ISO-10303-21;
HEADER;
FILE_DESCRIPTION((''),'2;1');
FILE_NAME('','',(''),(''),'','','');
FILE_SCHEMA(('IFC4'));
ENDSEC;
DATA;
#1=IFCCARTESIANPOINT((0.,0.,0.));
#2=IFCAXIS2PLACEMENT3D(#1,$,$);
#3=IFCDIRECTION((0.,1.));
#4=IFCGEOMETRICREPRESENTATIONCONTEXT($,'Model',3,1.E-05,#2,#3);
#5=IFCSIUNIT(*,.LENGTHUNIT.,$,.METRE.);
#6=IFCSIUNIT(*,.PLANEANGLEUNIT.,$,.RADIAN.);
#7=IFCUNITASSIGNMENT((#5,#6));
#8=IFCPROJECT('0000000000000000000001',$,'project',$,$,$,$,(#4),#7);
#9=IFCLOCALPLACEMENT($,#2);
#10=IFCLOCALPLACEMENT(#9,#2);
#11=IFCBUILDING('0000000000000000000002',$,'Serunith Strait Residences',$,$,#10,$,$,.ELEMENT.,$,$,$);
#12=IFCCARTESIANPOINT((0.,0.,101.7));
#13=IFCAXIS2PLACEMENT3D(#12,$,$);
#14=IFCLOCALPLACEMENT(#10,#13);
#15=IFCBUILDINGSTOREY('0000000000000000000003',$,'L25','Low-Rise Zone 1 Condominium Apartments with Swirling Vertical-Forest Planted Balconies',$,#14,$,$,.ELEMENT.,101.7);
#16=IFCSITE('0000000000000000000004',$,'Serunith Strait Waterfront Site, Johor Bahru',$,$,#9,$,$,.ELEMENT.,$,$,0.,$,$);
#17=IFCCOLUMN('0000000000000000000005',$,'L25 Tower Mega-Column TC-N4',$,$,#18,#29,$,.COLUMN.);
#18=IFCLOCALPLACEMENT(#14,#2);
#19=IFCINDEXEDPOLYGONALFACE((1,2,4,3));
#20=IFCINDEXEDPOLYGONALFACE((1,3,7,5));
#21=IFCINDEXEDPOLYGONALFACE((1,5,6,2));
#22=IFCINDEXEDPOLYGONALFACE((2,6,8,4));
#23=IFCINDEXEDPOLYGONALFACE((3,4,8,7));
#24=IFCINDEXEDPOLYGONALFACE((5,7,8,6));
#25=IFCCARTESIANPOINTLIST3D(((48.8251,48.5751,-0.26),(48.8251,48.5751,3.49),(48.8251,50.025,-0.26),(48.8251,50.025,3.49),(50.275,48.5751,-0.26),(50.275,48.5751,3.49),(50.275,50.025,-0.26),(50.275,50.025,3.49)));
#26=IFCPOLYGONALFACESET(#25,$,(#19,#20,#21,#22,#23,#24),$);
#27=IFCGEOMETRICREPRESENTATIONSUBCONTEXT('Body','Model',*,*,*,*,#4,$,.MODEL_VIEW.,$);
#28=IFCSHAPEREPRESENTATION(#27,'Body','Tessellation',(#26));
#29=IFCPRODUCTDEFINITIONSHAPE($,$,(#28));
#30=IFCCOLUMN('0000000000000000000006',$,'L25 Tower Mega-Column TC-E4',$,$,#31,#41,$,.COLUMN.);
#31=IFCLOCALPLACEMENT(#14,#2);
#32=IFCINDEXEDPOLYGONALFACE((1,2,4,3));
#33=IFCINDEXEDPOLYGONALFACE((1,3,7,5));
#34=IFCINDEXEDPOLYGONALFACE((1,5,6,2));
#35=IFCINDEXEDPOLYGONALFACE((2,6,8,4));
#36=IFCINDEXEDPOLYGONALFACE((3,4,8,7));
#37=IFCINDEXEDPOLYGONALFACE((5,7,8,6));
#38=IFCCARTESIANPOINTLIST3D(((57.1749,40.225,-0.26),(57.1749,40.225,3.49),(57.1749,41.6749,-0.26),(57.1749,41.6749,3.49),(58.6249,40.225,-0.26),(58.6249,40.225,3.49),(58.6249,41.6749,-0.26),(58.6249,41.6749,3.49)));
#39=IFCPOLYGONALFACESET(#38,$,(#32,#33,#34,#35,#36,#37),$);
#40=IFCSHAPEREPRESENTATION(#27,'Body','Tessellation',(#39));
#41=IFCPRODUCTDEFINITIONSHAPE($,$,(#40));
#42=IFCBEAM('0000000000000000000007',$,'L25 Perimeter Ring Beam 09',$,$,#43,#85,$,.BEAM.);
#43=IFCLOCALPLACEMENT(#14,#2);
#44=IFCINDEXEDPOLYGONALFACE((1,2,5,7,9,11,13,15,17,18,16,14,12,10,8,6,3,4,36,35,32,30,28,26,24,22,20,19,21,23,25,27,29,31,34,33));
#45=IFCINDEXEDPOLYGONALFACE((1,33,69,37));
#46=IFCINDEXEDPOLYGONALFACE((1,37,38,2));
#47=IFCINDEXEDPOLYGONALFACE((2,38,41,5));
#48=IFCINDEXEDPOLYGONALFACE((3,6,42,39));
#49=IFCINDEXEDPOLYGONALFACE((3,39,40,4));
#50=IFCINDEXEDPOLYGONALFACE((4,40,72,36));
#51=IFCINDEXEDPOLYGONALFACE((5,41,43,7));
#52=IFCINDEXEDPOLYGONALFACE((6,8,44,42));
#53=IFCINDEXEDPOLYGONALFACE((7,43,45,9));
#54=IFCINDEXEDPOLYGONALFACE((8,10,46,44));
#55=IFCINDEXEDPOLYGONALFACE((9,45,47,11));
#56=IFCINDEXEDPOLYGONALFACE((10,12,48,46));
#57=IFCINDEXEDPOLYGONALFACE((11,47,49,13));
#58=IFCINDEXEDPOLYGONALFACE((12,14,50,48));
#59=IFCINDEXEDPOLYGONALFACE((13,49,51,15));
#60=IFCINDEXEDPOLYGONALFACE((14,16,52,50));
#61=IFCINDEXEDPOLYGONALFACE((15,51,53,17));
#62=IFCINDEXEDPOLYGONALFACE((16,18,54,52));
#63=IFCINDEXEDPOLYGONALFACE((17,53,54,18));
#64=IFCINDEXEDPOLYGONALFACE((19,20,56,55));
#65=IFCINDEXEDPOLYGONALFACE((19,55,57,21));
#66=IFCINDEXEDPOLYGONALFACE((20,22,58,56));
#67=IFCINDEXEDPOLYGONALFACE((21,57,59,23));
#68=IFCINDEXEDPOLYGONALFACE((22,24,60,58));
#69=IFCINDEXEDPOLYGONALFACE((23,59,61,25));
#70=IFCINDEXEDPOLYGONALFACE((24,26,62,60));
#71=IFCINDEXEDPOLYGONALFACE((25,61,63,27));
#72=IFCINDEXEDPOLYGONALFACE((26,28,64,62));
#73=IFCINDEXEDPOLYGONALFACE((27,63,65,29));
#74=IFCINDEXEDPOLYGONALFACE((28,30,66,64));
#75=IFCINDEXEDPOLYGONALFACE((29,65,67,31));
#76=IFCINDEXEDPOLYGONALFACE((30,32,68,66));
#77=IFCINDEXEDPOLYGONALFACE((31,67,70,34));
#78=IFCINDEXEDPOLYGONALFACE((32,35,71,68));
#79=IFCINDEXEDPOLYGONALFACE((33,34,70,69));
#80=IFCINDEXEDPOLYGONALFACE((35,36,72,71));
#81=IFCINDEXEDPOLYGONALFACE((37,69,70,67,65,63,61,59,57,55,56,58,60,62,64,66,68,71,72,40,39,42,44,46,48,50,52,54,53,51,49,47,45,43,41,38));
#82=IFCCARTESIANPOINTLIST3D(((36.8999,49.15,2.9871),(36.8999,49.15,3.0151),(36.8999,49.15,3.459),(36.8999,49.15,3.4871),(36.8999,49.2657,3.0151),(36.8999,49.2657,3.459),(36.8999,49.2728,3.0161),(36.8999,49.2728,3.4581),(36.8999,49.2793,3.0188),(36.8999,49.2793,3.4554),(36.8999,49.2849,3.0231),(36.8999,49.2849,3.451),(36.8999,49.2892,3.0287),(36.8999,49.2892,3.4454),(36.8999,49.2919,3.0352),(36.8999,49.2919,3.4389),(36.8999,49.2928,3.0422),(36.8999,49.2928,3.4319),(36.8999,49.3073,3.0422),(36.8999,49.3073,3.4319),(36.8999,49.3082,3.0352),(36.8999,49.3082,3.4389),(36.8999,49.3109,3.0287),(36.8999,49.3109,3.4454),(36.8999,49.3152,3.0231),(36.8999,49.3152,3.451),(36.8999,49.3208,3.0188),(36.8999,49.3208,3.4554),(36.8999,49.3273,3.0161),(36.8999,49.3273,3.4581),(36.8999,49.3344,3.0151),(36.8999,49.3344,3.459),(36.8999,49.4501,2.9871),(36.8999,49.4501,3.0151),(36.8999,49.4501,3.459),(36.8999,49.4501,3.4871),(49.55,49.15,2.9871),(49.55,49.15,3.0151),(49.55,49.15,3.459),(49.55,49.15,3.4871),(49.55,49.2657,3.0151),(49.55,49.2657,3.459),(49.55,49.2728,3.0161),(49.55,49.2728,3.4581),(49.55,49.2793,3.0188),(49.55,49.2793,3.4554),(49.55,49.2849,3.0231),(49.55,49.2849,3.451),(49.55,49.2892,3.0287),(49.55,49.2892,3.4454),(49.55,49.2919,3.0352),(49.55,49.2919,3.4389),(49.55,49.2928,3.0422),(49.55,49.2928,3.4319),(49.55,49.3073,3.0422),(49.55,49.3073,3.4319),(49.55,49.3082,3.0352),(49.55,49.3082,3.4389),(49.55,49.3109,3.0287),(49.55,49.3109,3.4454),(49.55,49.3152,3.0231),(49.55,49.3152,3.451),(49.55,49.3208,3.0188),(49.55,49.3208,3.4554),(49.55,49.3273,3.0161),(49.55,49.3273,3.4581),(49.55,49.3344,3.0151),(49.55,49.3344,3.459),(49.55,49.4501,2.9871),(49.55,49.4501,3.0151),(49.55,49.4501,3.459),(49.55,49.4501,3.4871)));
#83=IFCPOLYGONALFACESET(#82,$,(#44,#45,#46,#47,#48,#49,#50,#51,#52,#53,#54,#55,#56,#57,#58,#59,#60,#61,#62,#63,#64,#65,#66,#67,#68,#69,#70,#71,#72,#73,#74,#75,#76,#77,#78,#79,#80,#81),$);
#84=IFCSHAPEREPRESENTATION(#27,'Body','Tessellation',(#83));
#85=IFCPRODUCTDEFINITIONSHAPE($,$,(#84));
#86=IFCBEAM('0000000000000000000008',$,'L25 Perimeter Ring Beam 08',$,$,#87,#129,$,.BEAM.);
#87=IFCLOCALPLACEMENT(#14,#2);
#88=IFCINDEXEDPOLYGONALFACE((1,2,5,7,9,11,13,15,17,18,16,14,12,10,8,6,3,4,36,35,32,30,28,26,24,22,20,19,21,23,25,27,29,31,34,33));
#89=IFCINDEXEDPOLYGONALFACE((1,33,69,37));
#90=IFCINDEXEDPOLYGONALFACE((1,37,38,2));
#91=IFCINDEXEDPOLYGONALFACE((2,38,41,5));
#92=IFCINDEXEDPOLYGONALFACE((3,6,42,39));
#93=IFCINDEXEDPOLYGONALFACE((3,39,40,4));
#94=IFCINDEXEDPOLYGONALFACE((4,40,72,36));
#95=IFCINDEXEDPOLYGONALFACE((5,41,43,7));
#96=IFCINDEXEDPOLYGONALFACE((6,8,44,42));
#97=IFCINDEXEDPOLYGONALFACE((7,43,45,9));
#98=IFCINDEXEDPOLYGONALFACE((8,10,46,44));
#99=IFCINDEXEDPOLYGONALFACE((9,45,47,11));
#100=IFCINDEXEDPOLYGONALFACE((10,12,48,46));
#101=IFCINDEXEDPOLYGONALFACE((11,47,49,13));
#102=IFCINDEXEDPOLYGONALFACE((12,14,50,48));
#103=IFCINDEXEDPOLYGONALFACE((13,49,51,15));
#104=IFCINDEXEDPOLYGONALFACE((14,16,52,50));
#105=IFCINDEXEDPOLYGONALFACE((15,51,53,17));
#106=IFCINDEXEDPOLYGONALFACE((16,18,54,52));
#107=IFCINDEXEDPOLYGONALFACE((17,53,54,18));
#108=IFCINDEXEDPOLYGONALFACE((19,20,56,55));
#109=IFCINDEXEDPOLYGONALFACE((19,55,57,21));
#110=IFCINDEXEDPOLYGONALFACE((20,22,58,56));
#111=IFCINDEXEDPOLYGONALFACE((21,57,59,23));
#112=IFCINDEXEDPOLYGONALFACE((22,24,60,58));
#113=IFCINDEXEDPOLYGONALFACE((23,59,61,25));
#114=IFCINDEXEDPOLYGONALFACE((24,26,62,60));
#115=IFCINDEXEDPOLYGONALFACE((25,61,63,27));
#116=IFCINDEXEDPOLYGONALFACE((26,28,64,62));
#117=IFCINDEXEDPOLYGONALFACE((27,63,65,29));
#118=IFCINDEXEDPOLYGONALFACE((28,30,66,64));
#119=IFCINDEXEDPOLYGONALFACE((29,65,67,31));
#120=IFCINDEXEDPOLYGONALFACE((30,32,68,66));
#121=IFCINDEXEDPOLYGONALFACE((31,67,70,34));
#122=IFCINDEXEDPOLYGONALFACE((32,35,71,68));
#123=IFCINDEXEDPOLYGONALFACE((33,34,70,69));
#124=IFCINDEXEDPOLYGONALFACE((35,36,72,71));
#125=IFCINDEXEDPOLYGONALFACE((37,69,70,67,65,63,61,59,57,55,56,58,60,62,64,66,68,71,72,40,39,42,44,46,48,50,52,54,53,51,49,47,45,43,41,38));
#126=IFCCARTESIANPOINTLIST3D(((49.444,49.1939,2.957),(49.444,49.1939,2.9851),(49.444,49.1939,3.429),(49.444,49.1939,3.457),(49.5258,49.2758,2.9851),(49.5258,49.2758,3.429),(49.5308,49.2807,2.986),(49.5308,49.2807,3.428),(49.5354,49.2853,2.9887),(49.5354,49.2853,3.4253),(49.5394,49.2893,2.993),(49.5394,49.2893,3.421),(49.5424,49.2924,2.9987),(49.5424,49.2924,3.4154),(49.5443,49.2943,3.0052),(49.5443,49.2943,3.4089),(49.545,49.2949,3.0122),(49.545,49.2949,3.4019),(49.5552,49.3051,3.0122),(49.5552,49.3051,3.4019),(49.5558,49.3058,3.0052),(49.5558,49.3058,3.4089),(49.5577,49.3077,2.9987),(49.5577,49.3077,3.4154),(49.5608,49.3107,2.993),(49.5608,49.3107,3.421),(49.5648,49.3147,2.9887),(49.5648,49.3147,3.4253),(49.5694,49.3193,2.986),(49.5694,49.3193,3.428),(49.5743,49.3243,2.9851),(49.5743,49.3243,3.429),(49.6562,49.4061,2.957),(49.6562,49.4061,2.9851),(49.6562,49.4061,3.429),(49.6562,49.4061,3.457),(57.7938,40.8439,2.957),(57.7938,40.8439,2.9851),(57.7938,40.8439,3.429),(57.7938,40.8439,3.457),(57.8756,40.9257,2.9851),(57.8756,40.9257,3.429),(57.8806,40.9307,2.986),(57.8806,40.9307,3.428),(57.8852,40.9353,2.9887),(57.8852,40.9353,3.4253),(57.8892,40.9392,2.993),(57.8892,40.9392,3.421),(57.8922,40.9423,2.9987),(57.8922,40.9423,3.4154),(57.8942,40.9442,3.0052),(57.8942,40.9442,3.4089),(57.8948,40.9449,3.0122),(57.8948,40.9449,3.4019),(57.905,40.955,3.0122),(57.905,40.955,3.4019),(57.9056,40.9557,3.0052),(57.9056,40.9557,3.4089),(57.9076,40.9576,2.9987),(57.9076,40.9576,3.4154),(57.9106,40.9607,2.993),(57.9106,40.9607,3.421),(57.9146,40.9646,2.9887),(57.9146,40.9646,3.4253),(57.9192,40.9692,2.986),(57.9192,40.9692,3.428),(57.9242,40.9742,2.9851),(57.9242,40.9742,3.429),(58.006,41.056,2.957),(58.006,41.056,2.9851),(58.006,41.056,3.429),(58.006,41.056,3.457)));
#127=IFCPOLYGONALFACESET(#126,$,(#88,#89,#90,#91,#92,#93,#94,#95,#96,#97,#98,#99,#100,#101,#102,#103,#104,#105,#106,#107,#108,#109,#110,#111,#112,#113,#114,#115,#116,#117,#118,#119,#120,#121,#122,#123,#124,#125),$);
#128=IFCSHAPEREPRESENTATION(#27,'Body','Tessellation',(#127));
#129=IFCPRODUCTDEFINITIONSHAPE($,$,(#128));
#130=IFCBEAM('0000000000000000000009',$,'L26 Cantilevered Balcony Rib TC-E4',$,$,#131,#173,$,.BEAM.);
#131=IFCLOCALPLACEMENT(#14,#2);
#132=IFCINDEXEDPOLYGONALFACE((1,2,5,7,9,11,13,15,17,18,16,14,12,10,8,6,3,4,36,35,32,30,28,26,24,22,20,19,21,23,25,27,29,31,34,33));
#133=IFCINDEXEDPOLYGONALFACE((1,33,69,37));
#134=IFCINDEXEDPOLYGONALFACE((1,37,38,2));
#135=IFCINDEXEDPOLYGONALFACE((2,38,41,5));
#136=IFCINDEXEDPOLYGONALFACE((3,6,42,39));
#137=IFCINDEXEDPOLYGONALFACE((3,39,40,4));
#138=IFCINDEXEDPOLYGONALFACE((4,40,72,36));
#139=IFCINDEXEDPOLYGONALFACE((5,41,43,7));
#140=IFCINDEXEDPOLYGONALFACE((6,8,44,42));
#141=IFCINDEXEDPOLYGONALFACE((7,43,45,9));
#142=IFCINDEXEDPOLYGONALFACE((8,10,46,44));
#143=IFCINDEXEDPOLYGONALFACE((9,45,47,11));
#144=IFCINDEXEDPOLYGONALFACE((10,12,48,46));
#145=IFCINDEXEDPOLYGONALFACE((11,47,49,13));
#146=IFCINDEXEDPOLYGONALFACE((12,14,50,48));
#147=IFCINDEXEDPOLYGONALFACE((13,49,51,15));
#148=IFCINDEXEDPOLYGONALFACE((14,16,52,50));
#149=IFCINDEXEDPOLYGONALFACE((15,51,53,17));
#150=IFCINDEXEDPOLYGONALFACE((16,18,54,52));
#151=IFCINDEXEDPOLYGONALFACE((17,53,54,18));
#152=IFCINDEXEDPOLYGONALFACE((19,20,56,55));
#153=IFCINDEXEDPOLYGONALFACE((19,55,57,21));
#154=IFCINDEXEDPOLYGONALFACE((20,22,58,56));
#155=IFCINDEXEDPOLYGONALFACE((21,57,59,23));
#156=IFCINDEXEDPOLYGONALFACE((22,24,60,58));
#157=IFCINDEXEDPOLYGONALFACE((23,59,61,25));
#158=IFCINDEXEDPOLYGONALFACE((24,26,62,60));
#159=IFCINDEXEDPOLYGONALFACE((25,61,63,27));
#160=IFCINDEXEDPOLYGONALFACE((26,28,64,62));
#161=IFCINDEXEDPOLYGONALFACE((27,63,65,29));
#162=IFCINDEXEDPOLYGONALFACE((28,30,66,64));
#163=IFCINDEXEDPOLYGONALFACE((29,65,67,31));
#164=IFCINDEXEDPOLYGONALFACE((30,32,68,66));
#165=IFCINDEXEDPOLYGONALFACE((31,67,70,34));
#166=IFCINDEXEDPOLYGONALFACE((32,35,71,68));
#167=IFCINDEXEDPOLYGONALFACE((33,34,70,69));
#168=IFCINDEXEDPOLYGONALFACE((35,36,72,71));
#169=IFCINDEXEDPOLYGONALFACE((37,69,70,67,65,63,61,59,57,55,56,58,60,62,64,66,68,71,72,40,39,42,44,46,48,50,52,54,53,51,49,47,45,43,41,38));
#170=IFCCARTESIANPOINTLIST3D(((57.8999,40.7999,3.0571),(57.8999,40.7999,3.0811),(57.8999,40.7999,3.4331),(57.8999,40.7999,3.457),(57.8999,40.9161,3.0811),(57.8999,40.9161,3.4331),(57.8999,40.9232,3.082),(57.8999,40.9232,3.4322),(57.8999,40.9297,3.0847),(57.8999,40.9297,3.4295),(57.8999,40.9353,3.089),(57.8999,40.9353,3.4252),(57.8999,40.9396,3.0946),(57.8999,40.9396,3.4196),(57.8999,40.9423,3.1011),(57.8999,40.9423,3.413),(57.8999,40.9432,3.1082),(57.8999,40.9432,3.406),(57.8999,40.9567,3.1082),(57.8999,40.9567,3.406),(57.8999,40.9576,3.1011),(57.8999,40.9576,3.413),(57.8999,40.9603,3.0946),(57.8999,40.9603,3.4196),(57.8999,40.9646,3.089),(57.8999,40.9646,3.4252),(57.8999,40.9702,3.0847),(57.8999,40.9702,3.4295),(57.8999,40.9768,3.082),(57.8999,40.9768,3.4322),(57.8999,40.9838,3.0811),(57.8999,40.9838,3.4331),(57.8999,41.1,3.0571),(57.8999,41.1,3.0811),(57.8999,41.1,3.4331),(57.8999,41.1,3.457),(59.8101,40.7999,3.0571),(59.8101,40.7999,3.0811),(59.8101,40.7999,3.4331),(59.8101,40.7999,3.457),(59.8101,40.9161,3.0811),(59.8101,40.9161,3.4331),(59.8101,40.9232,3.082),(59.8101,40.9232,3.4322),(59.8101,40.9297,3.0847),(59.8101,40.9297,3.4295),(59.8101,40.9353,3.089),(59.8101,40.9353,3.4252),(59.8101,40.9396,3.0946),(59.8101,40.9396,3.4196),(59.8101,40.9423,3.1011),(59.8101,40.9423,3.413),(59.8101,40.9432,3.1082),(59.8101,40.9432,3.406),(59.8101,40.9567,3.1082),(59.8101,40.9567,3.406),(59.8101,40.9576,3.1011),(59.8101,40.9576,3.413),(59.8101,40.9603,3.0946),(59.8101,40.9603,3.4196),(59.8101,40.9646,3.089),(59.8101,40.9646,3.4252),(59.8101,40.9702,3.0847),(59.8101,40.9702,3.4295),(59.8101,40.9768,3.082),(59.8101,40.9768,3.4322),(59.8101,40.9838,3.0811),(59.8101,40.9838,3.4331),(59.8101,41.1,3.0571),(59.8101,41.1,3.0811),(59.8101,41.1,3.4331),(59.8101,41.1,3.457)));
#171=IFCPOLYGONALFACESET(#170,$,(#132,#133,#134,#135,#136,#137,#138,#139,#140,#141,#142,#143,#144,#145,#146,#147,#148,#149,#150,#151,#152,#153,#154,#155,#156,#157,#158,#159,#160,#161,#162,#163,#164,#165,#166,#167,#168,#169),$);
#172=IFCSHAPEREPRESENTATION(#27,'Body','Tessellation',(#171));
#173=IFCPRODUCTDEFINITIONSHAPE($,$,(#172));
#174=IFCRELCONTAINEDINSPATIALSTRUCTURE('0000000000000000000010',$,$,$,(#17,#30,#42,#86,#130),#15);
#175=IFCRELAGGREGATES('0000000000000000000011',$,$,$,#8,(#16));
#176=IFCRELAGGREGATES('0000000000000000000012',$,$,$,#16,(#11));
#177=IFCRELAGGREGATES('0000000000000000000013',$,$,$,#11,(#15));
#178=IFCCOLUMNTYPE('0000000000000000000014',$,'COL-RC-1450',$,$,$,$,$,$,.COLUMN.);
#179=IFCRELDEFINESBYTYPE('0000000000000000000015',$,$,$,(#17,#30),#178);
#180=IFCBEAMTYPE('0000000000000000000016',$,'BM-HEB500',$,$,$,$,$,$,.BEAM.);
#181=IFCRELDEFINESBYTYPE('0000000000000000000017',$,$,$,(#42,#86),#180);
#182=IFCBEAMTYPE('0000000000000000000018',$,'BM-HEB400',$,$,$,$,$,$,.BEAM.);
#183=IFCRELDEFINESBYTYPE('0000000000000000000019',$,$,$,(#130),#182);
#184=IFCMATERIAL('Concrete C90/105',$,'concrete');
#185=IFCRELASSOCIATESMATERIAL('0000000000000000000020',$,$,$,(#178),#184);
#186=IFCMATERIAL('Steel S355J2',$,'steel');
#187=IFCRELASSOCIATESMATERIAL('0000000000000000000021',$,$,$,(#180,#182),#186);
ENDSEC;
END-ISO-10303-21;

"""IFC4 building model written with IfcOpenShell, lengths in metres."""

from ifc_helpers import new_model, si_unit, direction, frame, origin, origin_2d, place, context, subcontext, project, spatial, rectangle, i_section, extrude, source, transform, mapped, material, material_profile, profile_set, type_object, element, save


model = new_model("IFC4")

# Units and contexts
model_context = context("Model", 3, precision=1e-05, world=origin(), true_north=direction((0.0, 1.0)))
body_context = subcontext(model_context, "Body", "Model", "MODEL_VIEW")
ifc_project = project(units=[si_unit("LENGTHUNIT", "METRE"), si_unit("PLANEANGLEUNIT", "RADIAN")], contexts=[model_context])

# Site, building, storey
site_placement = place(None, origin())
site = spatial("IfcSite", under=ifc_project, at=site_placement, Name="Serunith Strait Waterfront Site, Johor Bahru", CompositionType="ELEMENT", RefElevation=0.0)
building_placement = place(site_placement, origin())
building = spatial("IfcBuilding", under=site, at=building_placement, Name="Serunith Strait Residences", CompositionType="ELEMENT")
storey_placement = place(building_placement, frame((0.0, 0.0, 101.7)))
storey = spatial("IfcBuildingStorey", under=building, at=storey_placement, Name="L25", Description="Low-Rise Zone 1 Condominium Apartments with Swirling Vertical-Forest Planted Balconies", CompositionType="ELEMENT", Elevation=101.7)

# Columns
ifc_material_1 = material(Name="Concrete C90/105", Category="concrete")
ifc_material_profile_1 = material_profile(ifc_material_1, rectangle(XDim=1.45, YDim=1.45, at=origin_2d()), Name="RC 1450x1450")
ifc_profile_set_1 = profile_set([ifc_material_profile_1], Name="Concrete C90/105")
column_type = type_object("IfcColumnType", Name="COL-RC-1450", PredefinedType="COLUMN", material=ifc_profile_set_1)
shared_shape_1 = source(origin(), body_context, "Body", "SweptSolid", [
    extrude(rectangle(XDim=1.45, YDim=1.45, at=origin_2d()), origin(), (0.0, 0.0, 1.0), 3.75),
])
for number, where, z_axis, x_axis, name in (
    (1, (49.55, 49.3, -0.26), (0.0, 0.0, 1.0), (1.0, 0.0, 0.0), "L25 Tower Mega-Column TC-N4"),
    (2, (57.8999, 40.95, -0.26), (0.0, 0.0, 1.0), (1.0, 0.0, 0.0), "L25 Tower Mega-Column TC-E4"),
):
    element("IfcColumn", number, at=place(storey_placement, frame(where, z_axis=z_axis, x_axis=x_axis)), inside=storey, type_object=column_type, Name=name, PredefinedType="COLUMN", context=body_context, shape_type="MappedRepresentation", body=[
        mapped(shared_shape_1, transform((0.0, 0.0, 0.0), scale=1.0)),
    ])

# Beams
ifc_material_2 = material(Name="Steel S355J2", Category="steel")
ifc_material_profile_2 = material_profile(ifc_material_2, i_section(OverallWidth=0.3, OverallDepth=0.5, WebThickness=0.0144, FlangeThickness=0.0281, FilletRadius=0.0271, at=origin_2d()), Name="HEB 500")
ifc_profile_set_2 = profile_set([ifc_material_profile_2], Name="Steel S355J2")
beam_type_1 = type_object("IfcBeamType", Name="BM-HEB500", PredefinedType="BEAM", material=ifc_profile_set_2)
shared_shape_2 = source(origin(), body_context, "Body", "SweptSolid", [
    extrude(i_section(OverallWidth=0.3, OverallDepth=0.5, WebThickness=0.0144, FlangeThickness=0.0281, FilletRadius=0.0271, at=origin_2d()), origin(), (0.0, 0.0, 1.0), 12.6501),
])
beam_1_placement = place(storey_placement, frame((49.55, 49.3, 3.2371), z_axis=(-1.0, 0.0, 0.0), x_axis=(0.0, -1.0, 0.0)))
element("IfcBeam", 3, at=beam_1_placement, inside=storey, type_object=beam_type_1, Name="L25 Perimeter Ring Beam 09", PredefinedType="BEAM", context=body_context, shape_type="MappedRepresentation", body=[
    mapped(shared_shape_2, transform((0.0, 0.0, 0.0), scale=1.0)),
])
shared_shape_3 = source(origin(), body_context, "Body", "SweptSolid", [
    extrude(i_section(OverallWidth=0.3, OverallDepth=0.5, WebThickness=0.0144, FlangeThickness=0.0281, FilletRadius=0.0271, at=origin_2d()), origin(), (0.0, 0.0, 1.0), 11.8086),
])
beam_2_placement = place(storey_placement, frame((57.8999, 40.95, 3.207), z_axis=(-0.707096, 0.707117, 0.0), x_axis=(-0.707117, -0.707096, 0.0)))
element("IfcBeam", 4, at=beam_2_placement, inside=storey, type_object=beam_type_1, Name="L25 Perimeter Ring Beam 08", PredefinedType="BEAM", context=body_context, shape_type="MappedRepresentation", body=[
    mapped(shared_shape_3, transform((0.0, 0.0, 0.0), scale=1.0)),
])
ifc_material_profile_3 = material_profile(ifc_material_2, i_section(OverallWidth=0.3, OverallDepth=0.3999, WebThickness=0.0134, FlangeThickness=0.0239, FilletRadius=0.0271, at=origin_2d()), Name="HEB 400")
ifc_profile_set_3 = profile_set([ifc_material_profile_3], Name="Steel S355J2")
beam_type_2 = type_object("IfcBeamType", Name="BM-HEB400", PredefinedType="BEAM", material=ifc_profile_set_3)
shared_shape_4 = source(origin(), body_context, "Body", "SweptSolid", [
    extrude(i_section(OverallWidth=0.3, OverallDepth=0.3999, WebThickness=0.0134, FlangeThickness=0.0239, FilletRadius=0.0271, at=origin_2d()), origin(), (0.0, 0.0, 1.0), 1.9102),
])
beam_3_placement = place(storey_placement, frame((57.8999, 40.95, 3.2571), z_axis=(1.0, 0.0, 0.0), x_axis=(0.0, 1.0, 0.0)))
element("IfcBeam", 5, at=beam_3_placement, inside=storey, type_object=beam_type_2, Name="L26 Cantilevered Balcony Rib TC-E4", PredefinedType="BEAM", context=body_context, shape_type="MappedRepresentation", body=[
    mapped(shared_shape_4, transform((0.0, 0.0, 0.0), scale=1.0)),
])

save(model, "model.ifc")
